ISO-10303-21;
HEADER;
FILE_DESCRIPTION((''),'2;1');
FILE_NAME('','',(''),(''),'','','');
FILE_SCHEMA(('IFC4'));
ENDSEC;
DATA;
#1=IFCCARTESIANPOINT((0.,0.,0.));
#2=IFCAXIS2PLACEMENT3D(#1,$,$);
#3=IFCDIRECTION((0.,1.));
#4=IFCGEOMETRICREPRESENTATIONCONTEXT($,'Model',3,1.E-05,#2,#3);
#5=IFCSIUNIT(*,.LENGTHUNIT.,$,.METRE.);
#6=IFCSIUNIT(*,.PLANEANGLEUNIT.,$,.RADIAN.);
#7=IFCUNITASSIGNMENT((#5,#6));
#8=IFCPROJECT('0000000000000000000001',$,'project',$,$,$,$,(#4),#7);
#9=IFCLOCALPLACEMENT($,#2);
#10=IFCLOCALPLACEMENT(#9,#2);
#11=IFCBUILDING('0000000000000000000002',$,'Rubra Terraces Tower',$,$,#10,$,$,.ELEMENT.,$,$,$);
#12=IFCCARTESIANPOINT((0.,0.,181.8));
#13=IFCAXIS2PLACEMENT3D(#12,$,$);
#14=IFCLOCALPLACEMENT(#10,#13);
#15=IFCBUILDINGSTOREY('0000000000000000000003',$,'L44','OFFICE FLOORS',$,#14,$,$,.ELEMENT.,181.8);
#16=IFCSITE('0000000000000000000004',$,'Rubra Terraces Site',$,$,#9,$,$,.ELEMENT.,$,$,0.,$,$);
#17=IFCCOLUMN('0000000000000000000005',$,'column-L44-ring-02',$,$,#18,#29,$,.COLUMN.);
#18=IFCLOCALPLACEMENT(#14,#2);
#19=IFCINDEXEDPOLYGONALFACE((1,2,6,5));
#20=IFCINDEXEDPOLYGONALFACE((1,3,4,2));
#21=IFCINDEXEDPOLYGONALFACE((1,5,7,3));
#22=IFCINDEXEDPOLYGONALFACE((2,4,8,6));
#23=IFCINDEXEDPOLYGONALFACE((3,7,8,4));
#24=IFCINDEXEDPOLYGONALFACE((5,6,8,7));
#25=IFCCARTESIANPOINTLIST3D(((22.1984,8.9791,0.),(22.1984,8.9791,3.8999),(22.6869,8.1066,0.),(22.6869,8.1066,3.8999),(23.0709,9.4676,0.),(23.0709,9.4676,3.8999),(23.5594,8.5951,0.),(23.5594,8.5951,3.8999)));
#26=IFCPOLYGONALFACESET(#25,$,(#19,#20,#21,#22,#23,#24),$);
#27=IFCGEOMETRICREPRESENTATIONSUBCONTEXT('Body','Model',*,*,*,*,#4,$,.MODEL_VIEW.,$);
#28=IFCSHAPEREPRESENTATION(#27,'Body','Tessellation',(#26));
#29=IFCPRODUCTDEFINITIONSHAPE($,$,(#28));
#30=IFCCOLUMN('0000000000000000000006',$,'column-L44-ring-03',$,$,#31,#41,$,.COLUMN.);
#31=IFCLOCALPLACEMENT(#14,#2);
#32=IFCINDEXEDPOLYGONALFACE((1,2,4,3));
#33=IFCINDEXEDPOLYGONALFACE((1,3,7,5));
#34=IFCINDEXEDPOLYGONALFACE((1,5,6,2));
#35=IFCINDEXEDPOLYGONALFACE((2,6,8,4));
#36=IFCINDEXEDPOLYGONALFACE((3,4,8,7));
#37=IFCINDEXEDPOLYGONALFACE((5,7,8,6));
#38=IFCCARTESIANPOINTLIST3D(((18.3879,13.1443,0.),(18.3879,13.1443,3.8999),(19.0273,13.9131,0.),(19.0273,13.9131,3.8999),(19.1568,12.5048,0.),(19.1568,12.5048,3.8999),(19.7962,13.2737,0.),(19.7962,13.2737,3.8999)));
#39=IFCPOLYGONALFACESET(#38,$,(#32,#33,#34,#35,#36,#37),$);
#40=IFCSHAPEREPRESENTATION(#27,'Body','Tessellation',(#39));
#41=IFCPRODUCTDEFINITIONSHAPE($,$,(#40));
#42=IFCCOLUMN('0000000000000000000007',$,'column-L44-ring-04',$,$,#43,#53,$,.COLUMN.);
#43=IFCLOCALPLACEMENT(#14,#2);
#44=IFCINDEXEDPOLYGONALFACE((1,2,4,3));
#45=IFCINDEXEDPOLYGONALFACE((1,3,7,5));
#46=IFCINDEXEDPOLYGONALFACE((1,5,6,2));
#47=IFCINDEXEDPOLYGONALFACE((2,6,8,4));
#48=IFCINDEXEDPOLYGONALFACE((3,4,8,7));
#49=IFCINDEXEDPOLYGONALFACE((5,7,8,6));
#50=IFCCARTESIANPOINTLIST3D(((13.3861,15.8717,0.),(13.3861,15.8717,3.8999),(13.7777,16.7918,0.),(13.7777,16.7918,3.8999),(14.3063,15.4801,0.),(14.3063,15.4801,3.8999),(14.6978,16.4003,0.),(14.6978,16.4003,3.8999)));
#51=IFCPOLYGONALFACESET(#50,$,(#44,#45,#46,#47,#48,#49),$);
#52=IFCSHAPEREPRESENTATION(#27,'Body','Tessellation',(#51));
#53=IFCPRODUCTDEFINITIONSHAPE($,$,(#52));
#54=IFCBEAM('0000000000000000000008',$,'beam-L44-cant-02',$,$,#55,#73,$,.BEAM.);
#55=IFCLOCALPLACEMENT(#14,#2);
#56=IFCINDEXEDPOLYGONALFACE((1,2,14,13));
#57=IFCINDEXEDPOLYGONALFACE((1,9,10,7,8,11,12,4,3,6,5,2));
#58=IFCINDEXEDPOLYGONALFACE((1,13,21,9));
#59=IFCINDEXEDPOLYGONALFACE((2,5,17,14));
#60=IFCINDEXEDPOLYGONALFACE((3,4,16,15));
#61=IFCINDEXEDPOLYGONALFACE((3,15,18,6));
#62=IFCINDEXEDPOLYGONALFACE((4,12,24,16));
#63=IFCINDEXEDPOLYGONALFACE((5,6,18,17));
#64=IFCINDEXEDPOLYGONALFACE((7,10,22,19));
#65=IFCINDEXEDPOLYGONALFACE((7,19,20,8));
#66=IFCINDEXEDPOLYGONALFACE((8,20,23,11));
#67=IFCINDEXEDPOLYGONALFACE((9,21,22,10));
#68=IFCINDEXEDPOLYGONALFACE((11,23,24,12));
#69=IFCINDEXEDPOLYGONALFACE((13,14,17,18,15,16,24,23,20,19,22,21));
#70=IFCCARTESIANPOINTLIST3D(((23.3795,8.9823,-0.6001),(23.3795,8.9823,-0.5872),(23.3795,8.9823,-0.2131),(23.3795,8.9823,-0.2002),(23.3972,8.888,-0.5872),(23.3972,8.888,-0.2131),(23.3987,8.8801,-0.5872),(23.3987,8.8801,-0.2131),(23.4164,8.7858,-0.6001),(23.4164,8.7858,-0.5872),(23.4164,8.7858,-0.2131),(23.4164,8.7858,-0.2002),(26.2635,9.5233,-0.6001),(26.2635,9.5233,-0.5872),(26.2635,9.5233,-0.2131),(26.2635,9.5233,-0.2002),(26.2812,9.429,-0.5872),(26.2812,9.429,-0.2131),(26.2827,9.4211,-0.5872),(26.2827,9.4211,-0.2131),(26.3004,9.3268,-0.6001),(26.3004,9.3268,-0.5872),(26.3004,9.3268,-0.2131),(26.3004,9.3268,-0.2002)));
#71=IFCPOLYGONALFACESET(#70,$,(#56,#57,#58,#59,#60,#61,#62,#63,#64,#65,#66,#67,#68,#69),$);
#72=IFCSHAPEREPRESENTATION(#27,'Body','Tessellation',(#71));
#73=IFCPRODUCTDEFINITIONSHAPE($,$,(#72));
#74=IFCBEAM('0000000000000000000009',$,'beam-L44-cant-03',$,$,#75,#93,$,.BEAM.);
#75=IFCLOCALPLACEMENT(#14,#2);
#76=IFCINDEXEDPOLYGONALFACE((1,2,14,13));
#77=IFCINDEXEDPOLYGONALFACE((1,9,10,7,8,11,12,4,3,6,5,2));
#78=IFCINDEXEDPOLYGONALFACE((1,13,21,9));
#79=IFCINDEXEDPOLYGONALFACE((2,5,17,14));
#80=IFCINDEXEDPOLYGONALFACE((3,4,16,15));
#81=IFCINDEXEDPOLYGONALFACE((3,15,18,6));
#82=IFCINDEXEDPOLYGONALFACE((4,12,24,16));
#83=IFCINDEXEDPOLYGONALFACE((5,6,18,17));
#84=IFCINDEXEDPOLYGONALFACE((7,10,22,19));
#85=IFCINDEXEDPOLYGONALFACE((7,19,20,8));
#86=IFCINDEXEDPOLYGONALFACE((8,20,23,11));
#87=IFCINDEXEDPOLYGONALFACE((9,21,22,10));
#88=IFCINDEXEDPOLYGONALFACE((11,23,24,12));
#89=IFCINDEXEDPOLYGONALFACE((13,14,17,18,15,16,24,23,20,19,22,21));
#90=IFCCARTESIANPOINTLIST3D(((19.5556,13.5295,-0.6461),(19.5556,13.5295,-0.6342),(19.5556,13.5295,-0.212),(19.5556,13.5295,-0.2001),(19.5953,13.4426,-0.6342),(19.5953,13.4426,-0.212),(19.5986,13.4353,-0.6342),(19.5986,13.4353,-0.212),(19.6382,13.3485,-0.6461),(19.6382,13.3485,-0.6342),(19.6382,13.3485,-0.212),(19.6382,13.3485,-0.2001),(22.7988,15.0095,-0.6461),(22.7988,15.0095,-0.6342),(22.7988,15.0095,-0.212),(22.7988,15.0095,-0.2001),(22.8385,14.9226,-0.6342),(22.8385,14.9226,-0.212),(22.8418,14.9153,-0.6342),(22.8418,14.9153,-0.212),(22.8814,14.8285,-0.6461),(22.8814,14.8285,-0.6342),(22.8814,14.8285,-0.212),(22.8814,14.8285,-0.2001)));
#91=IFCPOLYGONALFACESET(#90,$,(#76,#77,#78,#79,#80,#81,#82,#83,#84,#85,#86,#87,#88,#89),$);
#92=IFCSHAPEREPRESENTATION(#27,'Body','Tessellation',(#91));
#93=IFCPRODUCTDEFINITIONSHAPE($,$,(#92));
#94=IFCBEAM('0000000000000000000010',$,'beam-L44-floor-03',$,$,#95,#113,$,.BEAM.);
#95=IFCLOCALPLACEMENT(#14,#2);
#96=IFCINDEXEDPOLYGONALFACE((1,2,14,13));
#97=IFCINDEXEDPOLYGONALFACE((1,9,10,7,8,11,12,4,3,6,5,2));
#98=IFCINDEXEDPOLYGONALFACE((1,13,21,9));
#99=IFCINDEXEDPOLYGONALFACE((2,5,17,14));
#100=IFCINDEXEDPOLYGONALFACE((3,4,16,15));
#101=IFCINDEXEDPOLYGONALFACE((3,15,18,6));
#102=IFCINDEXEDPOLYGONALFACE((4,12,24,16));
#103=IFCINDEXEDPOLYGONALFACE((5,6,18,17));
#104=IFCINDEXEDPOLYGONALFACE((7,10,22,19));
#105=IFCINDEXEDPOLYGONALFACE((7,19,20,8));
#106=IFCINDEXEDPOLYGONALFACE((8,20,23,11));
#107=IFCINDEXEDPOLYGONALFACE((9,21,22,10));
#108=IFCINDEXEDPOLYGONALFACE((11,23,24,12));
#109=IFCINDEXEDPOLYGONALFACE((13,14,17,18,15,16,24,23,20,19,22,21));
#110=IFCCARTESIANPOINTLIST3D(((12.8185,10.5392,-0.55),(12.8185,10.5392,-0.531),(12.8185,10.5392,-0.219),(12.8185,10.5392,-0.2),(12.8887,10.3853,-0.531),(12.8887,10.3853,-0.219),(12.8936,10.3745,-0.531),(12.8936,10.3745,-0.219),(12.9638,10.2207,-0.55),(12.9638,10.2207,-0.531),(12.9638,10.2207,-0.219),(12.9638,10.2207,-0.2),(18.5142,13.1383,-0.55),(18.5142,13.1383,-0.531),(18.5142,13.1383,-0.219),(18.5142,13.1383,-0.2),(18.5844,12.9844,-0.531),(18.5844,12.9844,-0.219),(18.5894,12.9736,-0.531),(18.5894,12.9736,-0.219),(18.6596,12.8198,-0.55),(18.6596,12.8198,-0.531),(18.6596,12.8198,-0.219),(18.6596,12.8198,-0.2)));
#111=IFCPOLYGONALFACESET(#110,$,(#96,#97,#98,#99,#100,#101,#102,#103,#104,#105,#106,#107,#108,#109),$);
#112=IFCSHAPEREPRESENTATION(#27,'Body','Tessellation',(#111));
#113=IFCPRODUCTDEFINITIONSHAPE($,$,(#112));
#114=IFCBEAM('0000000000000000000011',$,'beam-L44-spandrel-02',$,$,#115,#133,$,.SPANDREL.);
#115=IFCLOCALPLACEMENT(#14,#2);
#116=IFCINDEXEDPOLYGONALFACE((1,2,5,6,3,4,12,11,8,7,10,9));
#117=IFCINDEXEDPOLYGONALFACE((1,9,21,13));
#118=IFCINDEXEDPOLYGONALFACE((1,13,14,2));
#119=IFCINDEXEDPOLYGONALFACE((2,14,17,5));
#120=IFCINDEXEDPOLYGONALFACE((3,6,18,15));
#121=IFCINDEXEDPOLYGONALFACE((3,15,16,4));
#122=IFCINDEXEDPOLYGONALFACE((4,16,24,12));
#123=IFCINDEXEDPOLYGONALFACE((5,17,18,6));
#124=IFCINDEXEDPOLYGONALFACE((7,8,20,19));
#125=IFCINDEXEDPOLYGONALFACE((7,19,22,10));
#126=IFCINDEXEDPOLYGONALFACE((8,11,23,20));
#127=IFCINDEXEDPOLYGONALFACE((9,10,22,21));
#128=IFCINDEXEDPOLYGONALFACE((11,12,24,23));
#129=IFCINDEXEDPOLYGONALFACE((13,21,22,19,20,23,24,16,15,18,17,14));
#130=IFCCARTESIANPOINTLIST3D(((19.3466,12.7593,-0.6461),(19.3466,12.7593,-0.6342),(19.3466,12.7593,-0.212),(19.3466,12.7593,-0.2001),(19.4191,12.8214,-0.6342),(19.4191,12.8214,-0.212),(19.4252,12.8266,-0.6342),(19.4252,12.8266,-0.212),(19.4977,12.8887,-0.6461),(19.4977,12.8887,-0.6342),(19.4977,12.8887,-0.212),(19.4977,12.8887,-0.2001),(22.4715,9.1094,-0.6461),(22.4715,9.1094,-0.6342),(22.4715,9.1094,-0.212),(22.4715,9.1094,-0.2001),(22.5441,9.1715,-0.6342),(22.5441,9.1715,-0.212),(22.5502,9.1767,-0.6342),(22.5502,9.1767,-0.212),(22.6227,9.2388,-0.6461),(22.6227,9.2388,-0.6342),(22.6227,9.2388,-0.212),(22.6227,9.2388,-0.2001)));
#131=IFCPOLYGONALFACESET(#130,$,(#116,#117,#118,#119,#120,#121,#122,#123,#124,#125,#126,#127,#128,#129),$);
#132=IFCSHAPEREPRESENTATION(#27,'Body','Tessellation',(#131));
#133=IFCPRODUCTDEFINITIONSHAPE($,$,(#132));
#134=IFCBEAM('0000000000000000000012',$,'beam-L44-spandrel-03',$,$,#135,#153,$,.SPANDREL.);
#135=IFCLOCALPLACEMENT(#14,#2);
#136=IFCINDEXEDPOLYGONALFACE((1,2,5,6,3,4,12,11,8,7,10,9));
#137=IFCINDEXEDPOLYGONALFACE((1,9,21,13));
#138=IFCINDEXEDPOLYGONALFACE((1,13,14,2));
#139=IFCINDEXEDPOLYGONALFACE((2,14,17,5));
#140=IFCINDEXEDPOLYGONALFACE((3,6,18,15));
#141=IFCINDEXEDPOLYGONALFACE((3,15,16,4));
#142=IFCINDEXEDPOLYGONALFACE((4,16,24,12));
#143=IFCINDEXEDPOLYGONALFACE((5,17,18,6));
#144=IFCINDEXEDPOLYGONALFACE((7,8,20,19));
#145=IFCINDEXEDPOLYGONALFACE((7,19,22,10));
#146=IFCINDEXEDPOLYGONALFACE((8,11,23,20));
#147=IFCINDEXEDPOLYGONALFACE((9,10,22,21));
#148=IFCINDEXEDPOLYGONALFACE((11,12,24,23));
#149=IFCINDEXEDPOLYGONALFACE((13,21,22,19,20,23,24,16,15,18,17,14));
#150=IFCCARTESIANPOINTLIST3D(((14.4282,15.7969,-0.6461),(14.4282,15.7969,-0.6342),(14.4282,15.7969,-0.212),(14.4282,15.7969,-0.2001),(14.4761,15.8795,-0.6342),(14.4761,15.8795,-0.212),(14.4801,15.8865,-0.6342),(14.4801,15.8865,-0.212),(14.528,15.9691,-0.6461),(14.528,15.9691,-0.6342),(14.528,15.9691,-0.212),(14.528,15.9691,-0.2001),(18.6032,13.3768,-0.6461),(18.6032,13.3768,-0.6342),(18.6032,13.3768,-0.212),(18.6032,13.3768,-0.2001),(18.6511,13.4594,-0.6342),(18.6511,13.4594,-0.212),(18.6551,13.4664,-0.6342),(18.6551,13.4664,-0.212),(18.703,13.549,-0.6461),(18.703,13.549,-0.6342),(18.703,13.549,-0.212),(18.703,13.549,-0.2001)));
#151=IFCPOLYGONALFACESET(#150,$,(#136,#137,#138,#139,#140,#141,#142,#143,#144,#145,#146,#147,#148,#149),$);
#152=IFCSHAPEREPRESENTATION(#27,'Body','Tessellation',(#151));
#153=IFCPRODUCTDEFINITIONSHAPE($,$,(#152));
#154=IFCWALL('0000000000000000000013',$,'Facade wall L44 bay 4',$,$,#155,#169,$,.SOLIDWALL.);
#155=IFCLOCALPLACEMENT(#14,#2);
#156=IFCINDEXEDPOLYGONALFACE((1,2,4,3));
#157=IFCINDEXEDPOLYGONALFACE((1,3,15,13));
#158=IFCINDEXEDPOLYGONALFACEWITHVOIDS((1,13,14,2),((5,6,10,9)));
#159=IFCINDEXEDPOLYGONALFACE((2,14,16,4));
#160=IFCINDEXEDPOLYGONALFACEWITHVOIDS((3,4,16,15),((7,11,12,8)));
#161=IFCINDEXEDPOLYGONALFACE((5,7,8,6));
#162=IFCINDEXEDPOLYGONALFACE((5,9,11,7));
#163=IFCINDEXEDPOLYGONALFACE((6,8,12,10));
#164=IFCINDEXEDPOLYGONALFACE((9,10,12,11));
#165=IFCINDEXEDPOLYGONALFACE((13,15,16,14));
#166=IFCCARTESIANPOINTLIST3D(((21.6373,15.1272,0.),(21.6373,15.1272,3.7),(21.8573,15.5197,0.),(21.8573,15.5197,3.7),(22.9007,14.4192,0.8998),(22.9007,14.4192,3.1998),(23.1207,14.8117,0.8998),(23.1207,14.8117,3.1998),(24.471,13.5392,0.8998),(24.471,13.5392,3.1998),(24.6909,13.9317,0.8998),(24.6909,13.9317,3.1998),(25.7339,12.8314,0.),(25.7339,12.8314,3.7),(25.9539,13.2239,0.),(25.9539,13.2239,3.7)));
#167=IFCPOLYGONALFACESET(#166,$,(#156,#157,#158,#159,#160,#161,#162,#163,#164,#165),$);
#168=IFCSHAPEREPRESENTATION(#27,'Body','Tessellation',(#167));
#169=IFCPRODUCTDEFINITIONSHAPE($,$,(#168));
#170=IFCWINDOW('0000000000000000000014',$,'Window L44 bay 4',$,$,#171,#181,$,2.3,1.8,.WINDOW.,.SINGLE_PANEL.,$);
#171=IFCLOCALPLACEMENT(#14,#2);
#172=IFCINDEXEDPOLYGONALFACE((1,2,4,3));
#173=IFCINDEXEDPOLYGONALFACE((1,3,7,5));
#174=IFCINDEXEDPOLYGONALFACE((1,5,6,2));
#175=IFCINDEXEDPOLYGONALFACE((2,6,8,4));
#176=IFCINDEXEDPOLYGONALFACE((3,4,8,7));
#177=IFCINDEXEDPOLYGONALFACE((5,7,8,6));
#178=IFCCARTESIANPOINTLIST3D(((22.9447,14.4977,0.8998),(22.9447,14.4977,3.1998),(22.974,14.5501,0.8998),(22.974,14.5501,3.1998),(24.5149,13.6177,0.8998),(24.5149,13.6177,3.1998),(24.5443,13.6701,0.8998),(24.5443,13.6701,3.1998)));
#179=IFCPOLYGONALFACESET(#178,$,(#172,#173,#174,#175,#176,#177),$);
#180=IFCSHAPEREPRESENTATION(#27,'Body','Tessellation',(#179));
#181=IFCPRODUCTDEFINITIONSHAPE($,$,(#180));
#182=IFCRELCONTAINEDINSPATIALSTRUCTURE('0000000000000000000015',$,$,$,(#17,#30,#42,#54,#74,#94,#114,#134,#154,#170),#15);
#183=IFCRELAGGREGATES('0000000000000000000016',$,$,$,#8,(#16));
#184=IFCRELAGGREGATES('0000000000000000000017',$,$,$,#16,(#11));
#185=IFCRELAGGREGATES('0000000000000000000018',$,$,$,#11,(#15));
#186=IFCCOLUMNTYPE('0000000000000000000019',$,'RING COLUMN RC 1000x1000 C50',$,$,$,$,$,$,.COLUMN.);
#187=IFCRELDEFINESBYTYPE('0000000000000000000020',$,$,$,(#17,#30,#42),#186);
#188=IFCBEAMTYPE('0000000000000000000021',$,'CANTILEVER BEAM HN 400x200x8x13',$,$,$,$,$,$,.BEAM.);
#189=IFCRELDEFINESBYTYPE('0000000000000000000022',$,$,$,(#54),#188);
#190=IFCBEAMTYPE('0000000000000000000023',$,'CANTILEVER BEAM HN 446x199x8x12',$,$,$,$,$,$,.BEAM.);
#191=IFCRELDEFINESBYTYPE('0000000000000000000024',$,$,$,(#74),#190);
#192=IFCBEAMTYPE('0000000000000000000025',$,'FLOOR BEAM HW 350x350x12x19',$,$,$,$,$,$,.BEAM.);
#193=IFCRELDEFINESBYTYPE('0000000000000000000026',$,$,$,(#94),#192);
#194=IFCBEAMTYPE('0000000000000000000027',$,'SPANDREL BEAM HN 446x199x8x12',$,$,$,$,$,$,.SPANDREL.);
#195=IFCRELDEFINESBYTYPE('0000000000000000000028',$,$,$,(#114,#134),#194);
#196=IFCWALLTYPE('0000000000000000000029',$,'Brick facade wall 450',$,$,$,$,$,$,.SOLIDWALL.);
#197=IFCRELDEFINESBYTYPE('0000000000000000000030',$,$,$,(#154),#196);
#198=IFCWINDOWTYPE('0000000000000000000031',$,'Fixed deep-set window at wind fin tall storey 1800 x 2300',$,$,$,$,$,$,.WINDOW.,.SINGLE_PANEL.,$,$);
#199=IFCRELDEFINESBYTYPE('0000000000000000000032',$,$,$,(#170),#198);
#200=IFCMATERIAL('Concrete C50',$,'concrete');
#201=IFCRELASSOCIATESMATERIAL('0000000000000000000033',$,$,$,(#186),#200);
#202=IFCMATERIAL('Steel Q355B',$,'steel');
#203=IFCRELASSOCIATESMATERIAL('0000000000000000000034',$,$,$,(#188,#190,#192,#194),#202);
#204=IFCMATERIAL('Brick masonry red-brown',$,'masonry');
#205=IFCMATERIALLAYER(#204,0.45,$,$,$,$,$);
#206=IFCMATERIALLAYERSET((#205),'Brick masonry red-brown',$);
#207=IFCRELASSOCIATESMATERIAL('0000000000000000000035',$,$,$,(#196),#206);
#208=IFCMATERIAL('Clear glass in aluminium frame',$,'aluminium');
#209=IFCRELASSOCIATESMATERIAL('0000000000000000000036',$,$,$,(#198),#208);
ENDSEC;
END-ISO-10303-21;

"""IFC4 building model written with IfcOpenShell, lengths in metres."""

from ifc_helpers import new_model, si_unit, direction, frame, frame_2d, origin, origin_2d, place, context, subcontext, project, spatial, rectangle, i_section, extrude, material, layer, layer_set, material_profile, profile_set, type_object, element, fill, save


model = new_model("IFC4")

# Units and contexts
model_context = context("Model", 3, precision=1e-05, world=origin(), true_north=direction((0.0, 1.0)))
body_context = subcontext(model_context, "Body", "Model", "MODEL_VIEW")
ifc_project = project(units=[si_unit("LENGTHUNIT", "METRE"), si_unit("PLANEANGLEUNIT", "RADIAN")], contexts=[model_context])

# Site, building, storey
site_placement = place(None, origin())
site = spatial("IfcSite", under=ifc_project, at=site_placement, Name="Rubra Terraces Site", CompositionType="ELEMENT", RefElevation=0.0)
building_placement = place(site_placement, origin())
building = spatial("IfcBuilding", under=site, at=building_placement, Name="Rubra Terraces Tower", CompositionType="ELEMENT")
storey_placement = place(building_placement, frame((0.0, 0.0, 181.8)))
storey = spatial("IfcBuildingStorey", under=building, at=storey_placement, Name="L44", Description="OFFICE FLOORS", CompositionType="ELEMENT", Elevation=181.8)

# Columns
ifc_material_1 = material(Name="Concrete C50", Category="concrete")
ifc_material_profile_1 = material_profile(ifc_material_1, rectangle(XDim=1.0, YDim=1.0, at=origin_2d()), Name="RC 1000x1000")
ifc_profile_set_1 = profile_set([ifc_material_profile_1], Name="Concrete C50")
column_type = type_object("IfcColumnType", Name="RING COLUMN RC 1000x1000 C50", PredefinedType="COLUMN", material=ifc_profile_set_1)
for number, where, z_axis, x_axis, name in (
    (1, (22.8789, 8.7871, 0.0), (0.0, 0.0, 1.0), (-0.488526, 0.872549, 0.0), "column-L44-ring-02"),
    (2, (19.092, 13.209, 0.0), (0.0, 0.0, 1.0), (-0.76887, 0.639405, 0.0), "column-L44-ring-03"),
    (3, (14.042, 16.136, 0.0), (0.0, 0.0, 1.0), (-0.920168, 0.391524, 0.0), "column-L44-ring-04"),
):
    element("IfcColumn", number, at=place(storey_placement, frame(where, z_axis=z_axis, x_axis=x_axis)), inside=storey, type_object=column_type, Name=name, PredefinedType="COLUMN", context=body_context, shape_type="SweptSolid", body=[
        extrude(rectangle(XDim=1.0, YDim=1.0, at=origin_2d()), origin(), (0.0, 0.0, 1.0), 3.8999),
    ])

# Beams
ifc_material_2 = material(Name="Steel Q355B", Category="steel")
ifc_material_profile_2 = material_profile(ifc_material_2, i_section(OverallWidth=0.2, OverallDepth=0.3999, WebThickness=0.0081, FlangeThickness=0.0129, at=origin_2d()), Name="HN 400x200x8x13")
ifc_profile_set_2 = profile_set([ifc_material_profile_2], Name="Steel Q355B")
beam_type_1 = type_object("IfcBeamType", Name="CANTILEVER BEAM HN 400x200x8x13", PredefinedType="BEAM", material=ifc_profile_set_2)
beam_1_placement = place(storey_placement, frame((23.3979, 8.884, -0.4001), z_axis=(0.982856, 0.184374, 0.0), x_axis=(-0.184374, 0.982856, 0.0)))
element("IfcBeam", 4, at=beam_1_placement, inside=storey, type_object=beam_type_1, Name="beam-L44-cant-02", PredefinedType="BEAM", context=body_context, shape_type="SweptSolid", body=[
    extrude(i_section(OverallWidth=0.2, OverallDepth=0.3999, WebThickness=0.0081, FlangeThickness=0.0129, at=origin_2d()), origin(), (0.0, 0.0, 1.0), 2.9343),
])
ifc_material_profile_3 = material_profile(ifc_material_2, i_section(OverallWidth=0.199, OverallDepth=0.446, WebThickness=0.0081, FlangeThickness=0.012, at=origin_2d()), Name="HN 446x199x8x12")
ifc_profile_set_3 = profile_set([ifc_material_profile_3], Name="Steel Q355B")
beam_type_2 = type_object("IfcBeamType", Name="CANTILEVER BEAM HN 446x199x8x12", PredefinedType="BEAM", material=ifc_profile_set_3)
beam_2_placement = place(storey_placement, frame((19.5969, 13.439, -0.4231), z_axis=(0.909751, 0.415154, 0.0), x_axis=(-0.415154, 0.909751, 0.0)))
element("IfcBeam", 5, at=beam_2_placement, inside=storey, type_object=beam_type_2, Name="beam-L44-cant-03", PredefinedType="BEAM", context=body_context, shape_type="SweptSolid", body=[
    extrude(i_section(OverallWidth=0.199, OverallDepth=0.446, WebThickness=0.0081, FlangeThickness=0.012, at=origin_2d()), origin(), (0.0, 0.0, 1.0), 3.5649),
])
ifc_material_profile_4 = material_profile(ifc_material_2, i_section(OverallWidth=0.3501, OverallDepth=0.3501, WebThickness=0.012, FlangeThickness=0.019, at=origin_2d()), Name="HW 350x350x12x19")
ifc_profile_set_4 = profile_set([ifc_material_profile_4], Name="Steel Q355B")
beam_type_3 = type_object("IfcBeamType", Name="FLOOR BEAM HW 350x350x12x19", PredefinedType="BEAM", material=ifc_profile_set_4)
beam_3_placement = place(storey_placement, frame((18.5869, 12.979, -0.375), z_axis=(-0.909757, -0.415142, 0.0), x_axis=(0.415142, -0.909757, 0.0)))
element("IfcBeam", 6, at=beam_3_placement, inside=storey, type_object=beam_type_3, Name="beam-L44-floor-03", PredefinedType="BEAM", context=body_context, shape_type="SweptSolid", body=[
    extrude(i_section(OverallWidth=0.3501, OverallDepth=0.3501, WebThickness=0.012, FlangeThickness=0.019, at=origin_2d()), origin(), (0.0, 0.0, 1.0), 6.2607),
])
ifc_material_profile_5 = material_profile(ifc_material_2, i_section(OverallWidth=0.199, OverallDepth=0.446, WebThickness=0.0081, FlangeThickness=0.012, at=origin_2d()), Name="HN 446x199x8x12")
ifc_profile_set_5 = profile_set([ifc_material_profile_5], Name="Steel Q355B")
beam_type_4 = type_object("IfcBeamType", Name="SPANDREL BEAM HN 446x199x8x12", PredefinedType="SPANDREL", material=ifc_profile_set_5)
beam_4_placement = place(storey_placement, frame((22.5471, 9.1741, -0.4231), z_axis=(-0.650373, 0.759615, 0.0), x_axis=(-0.759615, -0.650373, 0.0)))
element("IfcBeam", 7, at=beam_4_placement, inside=storey, type_object=beam_type_4, Name="beam-L44-spandrel-02", PredefinedType="SPANDREL", context=body_context, shape_type="SweptSolid", body=[
    extrude(i_section(OverallWidth=0.199, OverallDepth=0.446, WebThickness=0.0081, FlangeThickness=0.012, at=origin_2d()), origin(), (0.0, 0.0, 1.0), 4.8049),
])
beam_5_placement = place(storey_placement, frame((18.6531, 13.4629, -0.4231), z_axis=(-0.865154, 0.501507, 0.0), x_axis=(-0.501507, -0.865154, 0.0)))
element("IfcBeam", 8, at=beam_5_placement, inside=storey, type_object=beam_type_4, Name="beam-L44-spandrel-03", PredefinedType="SPANDREL", context=body_context, shape_type="SweptSolid", body=[
    extrude(i_section(OverallWidth=0.199, OverallDepth=0.446, WebThickness=0.0081, FlangeThickness=0.012, at=origin_2d()), origin(), (0.0, 0.0, 1.0), 4.8257),
])

# Wall, opening, window
ifc_material_3 = material(Name="Brick masonry red-brown", Category="masonry")
ifc_layer_1 = layer(ifc_material_3, 0.45)
ifc_layer_set_1 = layer_set([ifc_layer_1], Name="Brick masonry red-brown")
wall_type_1 = type_object("IfcWallType", Name="Brick facade wall 450", PredefinedType="SOLIDWALL", material=ifc_layer_set_1)
wall_1_placement = place(storey_placement, frame((25.844, 13.0276, 0.0), z_axis=(0.0, 0.0, 1.0), x_axis=(-0.872346, 0.488888, 0.0)))
wall_1 = element("IfcWall", 9, at=wall_1_placement, inside=storey, type_object=wall_type_1, Name="Facade wall L44 bay 4", PredefinedType="SOLIDWALL", context=body_context, shape_type="SweptSolid", body=[
    extrude(rectangle(XDim=4.696, YDim=0.45, at=frame_2d((2.3481, 0.0))), origin(), (0.0, 0.0, 1.0), 3.7),
])
opening_1_placement = place(wall_1_placement, frame((1.448, 0.0, 0.8999)))
opening_1 = element("IfcOpeningElement", 10, at=opening_1_placement, cuts=wall_1, PredefinedType="OPENING", context=body_context, shape_type="SweptSolid", body=[
    extrude(rectangle(XDim=1.8, YDim=2.3, at=frame_2d((0.8999, 1.1499))), frame((0.0, 0.2349, 0.0), z_axis=(0.0, -1.0, 0.0), x_axis=(1.0, 0.0, 0.0)), (0.0, 0.0, 1.0), 0.47),
])
ifc_material_4 = material(Name="Clear glass in aluminium frame", Category="aluminium")
window_type_1 = type_object("IfcWindowType", Name="Fixed deep-set window at wind fin tall storey 1800 x 2300", PartitioningType="SINGLE_PANEL", PredefinedType="WINDOW", material=ifc_material_4)
window_1_placement = place(opening_1_placement, origin())
window_1 = element("IfcWindow", 11, at=window_1_placement, inside=storey, type_object=window_type_1, Name="Window L44 bay 4", OverallHeight=2.3, OverallWidth=1.8, PartitioningType="SINGLE_PANEL", PredefinedType="WINDOW", context=body_context, shape_type="SweptSolid", body=[
    extrude(rectangle(XDim=1.8, YDim=2.3, at=frame_2d((0.8999, 1.1499))), frame((0.0, 0.135, 0.0), z_axis=(0.0, -1.0, 0.0), x_axis=(1.0, 0.0, 0.0)), (0.0, 0.0, 1.0), 0.0601),
])
fill(opening_1, window_1)

save(model, "model.ifc")
